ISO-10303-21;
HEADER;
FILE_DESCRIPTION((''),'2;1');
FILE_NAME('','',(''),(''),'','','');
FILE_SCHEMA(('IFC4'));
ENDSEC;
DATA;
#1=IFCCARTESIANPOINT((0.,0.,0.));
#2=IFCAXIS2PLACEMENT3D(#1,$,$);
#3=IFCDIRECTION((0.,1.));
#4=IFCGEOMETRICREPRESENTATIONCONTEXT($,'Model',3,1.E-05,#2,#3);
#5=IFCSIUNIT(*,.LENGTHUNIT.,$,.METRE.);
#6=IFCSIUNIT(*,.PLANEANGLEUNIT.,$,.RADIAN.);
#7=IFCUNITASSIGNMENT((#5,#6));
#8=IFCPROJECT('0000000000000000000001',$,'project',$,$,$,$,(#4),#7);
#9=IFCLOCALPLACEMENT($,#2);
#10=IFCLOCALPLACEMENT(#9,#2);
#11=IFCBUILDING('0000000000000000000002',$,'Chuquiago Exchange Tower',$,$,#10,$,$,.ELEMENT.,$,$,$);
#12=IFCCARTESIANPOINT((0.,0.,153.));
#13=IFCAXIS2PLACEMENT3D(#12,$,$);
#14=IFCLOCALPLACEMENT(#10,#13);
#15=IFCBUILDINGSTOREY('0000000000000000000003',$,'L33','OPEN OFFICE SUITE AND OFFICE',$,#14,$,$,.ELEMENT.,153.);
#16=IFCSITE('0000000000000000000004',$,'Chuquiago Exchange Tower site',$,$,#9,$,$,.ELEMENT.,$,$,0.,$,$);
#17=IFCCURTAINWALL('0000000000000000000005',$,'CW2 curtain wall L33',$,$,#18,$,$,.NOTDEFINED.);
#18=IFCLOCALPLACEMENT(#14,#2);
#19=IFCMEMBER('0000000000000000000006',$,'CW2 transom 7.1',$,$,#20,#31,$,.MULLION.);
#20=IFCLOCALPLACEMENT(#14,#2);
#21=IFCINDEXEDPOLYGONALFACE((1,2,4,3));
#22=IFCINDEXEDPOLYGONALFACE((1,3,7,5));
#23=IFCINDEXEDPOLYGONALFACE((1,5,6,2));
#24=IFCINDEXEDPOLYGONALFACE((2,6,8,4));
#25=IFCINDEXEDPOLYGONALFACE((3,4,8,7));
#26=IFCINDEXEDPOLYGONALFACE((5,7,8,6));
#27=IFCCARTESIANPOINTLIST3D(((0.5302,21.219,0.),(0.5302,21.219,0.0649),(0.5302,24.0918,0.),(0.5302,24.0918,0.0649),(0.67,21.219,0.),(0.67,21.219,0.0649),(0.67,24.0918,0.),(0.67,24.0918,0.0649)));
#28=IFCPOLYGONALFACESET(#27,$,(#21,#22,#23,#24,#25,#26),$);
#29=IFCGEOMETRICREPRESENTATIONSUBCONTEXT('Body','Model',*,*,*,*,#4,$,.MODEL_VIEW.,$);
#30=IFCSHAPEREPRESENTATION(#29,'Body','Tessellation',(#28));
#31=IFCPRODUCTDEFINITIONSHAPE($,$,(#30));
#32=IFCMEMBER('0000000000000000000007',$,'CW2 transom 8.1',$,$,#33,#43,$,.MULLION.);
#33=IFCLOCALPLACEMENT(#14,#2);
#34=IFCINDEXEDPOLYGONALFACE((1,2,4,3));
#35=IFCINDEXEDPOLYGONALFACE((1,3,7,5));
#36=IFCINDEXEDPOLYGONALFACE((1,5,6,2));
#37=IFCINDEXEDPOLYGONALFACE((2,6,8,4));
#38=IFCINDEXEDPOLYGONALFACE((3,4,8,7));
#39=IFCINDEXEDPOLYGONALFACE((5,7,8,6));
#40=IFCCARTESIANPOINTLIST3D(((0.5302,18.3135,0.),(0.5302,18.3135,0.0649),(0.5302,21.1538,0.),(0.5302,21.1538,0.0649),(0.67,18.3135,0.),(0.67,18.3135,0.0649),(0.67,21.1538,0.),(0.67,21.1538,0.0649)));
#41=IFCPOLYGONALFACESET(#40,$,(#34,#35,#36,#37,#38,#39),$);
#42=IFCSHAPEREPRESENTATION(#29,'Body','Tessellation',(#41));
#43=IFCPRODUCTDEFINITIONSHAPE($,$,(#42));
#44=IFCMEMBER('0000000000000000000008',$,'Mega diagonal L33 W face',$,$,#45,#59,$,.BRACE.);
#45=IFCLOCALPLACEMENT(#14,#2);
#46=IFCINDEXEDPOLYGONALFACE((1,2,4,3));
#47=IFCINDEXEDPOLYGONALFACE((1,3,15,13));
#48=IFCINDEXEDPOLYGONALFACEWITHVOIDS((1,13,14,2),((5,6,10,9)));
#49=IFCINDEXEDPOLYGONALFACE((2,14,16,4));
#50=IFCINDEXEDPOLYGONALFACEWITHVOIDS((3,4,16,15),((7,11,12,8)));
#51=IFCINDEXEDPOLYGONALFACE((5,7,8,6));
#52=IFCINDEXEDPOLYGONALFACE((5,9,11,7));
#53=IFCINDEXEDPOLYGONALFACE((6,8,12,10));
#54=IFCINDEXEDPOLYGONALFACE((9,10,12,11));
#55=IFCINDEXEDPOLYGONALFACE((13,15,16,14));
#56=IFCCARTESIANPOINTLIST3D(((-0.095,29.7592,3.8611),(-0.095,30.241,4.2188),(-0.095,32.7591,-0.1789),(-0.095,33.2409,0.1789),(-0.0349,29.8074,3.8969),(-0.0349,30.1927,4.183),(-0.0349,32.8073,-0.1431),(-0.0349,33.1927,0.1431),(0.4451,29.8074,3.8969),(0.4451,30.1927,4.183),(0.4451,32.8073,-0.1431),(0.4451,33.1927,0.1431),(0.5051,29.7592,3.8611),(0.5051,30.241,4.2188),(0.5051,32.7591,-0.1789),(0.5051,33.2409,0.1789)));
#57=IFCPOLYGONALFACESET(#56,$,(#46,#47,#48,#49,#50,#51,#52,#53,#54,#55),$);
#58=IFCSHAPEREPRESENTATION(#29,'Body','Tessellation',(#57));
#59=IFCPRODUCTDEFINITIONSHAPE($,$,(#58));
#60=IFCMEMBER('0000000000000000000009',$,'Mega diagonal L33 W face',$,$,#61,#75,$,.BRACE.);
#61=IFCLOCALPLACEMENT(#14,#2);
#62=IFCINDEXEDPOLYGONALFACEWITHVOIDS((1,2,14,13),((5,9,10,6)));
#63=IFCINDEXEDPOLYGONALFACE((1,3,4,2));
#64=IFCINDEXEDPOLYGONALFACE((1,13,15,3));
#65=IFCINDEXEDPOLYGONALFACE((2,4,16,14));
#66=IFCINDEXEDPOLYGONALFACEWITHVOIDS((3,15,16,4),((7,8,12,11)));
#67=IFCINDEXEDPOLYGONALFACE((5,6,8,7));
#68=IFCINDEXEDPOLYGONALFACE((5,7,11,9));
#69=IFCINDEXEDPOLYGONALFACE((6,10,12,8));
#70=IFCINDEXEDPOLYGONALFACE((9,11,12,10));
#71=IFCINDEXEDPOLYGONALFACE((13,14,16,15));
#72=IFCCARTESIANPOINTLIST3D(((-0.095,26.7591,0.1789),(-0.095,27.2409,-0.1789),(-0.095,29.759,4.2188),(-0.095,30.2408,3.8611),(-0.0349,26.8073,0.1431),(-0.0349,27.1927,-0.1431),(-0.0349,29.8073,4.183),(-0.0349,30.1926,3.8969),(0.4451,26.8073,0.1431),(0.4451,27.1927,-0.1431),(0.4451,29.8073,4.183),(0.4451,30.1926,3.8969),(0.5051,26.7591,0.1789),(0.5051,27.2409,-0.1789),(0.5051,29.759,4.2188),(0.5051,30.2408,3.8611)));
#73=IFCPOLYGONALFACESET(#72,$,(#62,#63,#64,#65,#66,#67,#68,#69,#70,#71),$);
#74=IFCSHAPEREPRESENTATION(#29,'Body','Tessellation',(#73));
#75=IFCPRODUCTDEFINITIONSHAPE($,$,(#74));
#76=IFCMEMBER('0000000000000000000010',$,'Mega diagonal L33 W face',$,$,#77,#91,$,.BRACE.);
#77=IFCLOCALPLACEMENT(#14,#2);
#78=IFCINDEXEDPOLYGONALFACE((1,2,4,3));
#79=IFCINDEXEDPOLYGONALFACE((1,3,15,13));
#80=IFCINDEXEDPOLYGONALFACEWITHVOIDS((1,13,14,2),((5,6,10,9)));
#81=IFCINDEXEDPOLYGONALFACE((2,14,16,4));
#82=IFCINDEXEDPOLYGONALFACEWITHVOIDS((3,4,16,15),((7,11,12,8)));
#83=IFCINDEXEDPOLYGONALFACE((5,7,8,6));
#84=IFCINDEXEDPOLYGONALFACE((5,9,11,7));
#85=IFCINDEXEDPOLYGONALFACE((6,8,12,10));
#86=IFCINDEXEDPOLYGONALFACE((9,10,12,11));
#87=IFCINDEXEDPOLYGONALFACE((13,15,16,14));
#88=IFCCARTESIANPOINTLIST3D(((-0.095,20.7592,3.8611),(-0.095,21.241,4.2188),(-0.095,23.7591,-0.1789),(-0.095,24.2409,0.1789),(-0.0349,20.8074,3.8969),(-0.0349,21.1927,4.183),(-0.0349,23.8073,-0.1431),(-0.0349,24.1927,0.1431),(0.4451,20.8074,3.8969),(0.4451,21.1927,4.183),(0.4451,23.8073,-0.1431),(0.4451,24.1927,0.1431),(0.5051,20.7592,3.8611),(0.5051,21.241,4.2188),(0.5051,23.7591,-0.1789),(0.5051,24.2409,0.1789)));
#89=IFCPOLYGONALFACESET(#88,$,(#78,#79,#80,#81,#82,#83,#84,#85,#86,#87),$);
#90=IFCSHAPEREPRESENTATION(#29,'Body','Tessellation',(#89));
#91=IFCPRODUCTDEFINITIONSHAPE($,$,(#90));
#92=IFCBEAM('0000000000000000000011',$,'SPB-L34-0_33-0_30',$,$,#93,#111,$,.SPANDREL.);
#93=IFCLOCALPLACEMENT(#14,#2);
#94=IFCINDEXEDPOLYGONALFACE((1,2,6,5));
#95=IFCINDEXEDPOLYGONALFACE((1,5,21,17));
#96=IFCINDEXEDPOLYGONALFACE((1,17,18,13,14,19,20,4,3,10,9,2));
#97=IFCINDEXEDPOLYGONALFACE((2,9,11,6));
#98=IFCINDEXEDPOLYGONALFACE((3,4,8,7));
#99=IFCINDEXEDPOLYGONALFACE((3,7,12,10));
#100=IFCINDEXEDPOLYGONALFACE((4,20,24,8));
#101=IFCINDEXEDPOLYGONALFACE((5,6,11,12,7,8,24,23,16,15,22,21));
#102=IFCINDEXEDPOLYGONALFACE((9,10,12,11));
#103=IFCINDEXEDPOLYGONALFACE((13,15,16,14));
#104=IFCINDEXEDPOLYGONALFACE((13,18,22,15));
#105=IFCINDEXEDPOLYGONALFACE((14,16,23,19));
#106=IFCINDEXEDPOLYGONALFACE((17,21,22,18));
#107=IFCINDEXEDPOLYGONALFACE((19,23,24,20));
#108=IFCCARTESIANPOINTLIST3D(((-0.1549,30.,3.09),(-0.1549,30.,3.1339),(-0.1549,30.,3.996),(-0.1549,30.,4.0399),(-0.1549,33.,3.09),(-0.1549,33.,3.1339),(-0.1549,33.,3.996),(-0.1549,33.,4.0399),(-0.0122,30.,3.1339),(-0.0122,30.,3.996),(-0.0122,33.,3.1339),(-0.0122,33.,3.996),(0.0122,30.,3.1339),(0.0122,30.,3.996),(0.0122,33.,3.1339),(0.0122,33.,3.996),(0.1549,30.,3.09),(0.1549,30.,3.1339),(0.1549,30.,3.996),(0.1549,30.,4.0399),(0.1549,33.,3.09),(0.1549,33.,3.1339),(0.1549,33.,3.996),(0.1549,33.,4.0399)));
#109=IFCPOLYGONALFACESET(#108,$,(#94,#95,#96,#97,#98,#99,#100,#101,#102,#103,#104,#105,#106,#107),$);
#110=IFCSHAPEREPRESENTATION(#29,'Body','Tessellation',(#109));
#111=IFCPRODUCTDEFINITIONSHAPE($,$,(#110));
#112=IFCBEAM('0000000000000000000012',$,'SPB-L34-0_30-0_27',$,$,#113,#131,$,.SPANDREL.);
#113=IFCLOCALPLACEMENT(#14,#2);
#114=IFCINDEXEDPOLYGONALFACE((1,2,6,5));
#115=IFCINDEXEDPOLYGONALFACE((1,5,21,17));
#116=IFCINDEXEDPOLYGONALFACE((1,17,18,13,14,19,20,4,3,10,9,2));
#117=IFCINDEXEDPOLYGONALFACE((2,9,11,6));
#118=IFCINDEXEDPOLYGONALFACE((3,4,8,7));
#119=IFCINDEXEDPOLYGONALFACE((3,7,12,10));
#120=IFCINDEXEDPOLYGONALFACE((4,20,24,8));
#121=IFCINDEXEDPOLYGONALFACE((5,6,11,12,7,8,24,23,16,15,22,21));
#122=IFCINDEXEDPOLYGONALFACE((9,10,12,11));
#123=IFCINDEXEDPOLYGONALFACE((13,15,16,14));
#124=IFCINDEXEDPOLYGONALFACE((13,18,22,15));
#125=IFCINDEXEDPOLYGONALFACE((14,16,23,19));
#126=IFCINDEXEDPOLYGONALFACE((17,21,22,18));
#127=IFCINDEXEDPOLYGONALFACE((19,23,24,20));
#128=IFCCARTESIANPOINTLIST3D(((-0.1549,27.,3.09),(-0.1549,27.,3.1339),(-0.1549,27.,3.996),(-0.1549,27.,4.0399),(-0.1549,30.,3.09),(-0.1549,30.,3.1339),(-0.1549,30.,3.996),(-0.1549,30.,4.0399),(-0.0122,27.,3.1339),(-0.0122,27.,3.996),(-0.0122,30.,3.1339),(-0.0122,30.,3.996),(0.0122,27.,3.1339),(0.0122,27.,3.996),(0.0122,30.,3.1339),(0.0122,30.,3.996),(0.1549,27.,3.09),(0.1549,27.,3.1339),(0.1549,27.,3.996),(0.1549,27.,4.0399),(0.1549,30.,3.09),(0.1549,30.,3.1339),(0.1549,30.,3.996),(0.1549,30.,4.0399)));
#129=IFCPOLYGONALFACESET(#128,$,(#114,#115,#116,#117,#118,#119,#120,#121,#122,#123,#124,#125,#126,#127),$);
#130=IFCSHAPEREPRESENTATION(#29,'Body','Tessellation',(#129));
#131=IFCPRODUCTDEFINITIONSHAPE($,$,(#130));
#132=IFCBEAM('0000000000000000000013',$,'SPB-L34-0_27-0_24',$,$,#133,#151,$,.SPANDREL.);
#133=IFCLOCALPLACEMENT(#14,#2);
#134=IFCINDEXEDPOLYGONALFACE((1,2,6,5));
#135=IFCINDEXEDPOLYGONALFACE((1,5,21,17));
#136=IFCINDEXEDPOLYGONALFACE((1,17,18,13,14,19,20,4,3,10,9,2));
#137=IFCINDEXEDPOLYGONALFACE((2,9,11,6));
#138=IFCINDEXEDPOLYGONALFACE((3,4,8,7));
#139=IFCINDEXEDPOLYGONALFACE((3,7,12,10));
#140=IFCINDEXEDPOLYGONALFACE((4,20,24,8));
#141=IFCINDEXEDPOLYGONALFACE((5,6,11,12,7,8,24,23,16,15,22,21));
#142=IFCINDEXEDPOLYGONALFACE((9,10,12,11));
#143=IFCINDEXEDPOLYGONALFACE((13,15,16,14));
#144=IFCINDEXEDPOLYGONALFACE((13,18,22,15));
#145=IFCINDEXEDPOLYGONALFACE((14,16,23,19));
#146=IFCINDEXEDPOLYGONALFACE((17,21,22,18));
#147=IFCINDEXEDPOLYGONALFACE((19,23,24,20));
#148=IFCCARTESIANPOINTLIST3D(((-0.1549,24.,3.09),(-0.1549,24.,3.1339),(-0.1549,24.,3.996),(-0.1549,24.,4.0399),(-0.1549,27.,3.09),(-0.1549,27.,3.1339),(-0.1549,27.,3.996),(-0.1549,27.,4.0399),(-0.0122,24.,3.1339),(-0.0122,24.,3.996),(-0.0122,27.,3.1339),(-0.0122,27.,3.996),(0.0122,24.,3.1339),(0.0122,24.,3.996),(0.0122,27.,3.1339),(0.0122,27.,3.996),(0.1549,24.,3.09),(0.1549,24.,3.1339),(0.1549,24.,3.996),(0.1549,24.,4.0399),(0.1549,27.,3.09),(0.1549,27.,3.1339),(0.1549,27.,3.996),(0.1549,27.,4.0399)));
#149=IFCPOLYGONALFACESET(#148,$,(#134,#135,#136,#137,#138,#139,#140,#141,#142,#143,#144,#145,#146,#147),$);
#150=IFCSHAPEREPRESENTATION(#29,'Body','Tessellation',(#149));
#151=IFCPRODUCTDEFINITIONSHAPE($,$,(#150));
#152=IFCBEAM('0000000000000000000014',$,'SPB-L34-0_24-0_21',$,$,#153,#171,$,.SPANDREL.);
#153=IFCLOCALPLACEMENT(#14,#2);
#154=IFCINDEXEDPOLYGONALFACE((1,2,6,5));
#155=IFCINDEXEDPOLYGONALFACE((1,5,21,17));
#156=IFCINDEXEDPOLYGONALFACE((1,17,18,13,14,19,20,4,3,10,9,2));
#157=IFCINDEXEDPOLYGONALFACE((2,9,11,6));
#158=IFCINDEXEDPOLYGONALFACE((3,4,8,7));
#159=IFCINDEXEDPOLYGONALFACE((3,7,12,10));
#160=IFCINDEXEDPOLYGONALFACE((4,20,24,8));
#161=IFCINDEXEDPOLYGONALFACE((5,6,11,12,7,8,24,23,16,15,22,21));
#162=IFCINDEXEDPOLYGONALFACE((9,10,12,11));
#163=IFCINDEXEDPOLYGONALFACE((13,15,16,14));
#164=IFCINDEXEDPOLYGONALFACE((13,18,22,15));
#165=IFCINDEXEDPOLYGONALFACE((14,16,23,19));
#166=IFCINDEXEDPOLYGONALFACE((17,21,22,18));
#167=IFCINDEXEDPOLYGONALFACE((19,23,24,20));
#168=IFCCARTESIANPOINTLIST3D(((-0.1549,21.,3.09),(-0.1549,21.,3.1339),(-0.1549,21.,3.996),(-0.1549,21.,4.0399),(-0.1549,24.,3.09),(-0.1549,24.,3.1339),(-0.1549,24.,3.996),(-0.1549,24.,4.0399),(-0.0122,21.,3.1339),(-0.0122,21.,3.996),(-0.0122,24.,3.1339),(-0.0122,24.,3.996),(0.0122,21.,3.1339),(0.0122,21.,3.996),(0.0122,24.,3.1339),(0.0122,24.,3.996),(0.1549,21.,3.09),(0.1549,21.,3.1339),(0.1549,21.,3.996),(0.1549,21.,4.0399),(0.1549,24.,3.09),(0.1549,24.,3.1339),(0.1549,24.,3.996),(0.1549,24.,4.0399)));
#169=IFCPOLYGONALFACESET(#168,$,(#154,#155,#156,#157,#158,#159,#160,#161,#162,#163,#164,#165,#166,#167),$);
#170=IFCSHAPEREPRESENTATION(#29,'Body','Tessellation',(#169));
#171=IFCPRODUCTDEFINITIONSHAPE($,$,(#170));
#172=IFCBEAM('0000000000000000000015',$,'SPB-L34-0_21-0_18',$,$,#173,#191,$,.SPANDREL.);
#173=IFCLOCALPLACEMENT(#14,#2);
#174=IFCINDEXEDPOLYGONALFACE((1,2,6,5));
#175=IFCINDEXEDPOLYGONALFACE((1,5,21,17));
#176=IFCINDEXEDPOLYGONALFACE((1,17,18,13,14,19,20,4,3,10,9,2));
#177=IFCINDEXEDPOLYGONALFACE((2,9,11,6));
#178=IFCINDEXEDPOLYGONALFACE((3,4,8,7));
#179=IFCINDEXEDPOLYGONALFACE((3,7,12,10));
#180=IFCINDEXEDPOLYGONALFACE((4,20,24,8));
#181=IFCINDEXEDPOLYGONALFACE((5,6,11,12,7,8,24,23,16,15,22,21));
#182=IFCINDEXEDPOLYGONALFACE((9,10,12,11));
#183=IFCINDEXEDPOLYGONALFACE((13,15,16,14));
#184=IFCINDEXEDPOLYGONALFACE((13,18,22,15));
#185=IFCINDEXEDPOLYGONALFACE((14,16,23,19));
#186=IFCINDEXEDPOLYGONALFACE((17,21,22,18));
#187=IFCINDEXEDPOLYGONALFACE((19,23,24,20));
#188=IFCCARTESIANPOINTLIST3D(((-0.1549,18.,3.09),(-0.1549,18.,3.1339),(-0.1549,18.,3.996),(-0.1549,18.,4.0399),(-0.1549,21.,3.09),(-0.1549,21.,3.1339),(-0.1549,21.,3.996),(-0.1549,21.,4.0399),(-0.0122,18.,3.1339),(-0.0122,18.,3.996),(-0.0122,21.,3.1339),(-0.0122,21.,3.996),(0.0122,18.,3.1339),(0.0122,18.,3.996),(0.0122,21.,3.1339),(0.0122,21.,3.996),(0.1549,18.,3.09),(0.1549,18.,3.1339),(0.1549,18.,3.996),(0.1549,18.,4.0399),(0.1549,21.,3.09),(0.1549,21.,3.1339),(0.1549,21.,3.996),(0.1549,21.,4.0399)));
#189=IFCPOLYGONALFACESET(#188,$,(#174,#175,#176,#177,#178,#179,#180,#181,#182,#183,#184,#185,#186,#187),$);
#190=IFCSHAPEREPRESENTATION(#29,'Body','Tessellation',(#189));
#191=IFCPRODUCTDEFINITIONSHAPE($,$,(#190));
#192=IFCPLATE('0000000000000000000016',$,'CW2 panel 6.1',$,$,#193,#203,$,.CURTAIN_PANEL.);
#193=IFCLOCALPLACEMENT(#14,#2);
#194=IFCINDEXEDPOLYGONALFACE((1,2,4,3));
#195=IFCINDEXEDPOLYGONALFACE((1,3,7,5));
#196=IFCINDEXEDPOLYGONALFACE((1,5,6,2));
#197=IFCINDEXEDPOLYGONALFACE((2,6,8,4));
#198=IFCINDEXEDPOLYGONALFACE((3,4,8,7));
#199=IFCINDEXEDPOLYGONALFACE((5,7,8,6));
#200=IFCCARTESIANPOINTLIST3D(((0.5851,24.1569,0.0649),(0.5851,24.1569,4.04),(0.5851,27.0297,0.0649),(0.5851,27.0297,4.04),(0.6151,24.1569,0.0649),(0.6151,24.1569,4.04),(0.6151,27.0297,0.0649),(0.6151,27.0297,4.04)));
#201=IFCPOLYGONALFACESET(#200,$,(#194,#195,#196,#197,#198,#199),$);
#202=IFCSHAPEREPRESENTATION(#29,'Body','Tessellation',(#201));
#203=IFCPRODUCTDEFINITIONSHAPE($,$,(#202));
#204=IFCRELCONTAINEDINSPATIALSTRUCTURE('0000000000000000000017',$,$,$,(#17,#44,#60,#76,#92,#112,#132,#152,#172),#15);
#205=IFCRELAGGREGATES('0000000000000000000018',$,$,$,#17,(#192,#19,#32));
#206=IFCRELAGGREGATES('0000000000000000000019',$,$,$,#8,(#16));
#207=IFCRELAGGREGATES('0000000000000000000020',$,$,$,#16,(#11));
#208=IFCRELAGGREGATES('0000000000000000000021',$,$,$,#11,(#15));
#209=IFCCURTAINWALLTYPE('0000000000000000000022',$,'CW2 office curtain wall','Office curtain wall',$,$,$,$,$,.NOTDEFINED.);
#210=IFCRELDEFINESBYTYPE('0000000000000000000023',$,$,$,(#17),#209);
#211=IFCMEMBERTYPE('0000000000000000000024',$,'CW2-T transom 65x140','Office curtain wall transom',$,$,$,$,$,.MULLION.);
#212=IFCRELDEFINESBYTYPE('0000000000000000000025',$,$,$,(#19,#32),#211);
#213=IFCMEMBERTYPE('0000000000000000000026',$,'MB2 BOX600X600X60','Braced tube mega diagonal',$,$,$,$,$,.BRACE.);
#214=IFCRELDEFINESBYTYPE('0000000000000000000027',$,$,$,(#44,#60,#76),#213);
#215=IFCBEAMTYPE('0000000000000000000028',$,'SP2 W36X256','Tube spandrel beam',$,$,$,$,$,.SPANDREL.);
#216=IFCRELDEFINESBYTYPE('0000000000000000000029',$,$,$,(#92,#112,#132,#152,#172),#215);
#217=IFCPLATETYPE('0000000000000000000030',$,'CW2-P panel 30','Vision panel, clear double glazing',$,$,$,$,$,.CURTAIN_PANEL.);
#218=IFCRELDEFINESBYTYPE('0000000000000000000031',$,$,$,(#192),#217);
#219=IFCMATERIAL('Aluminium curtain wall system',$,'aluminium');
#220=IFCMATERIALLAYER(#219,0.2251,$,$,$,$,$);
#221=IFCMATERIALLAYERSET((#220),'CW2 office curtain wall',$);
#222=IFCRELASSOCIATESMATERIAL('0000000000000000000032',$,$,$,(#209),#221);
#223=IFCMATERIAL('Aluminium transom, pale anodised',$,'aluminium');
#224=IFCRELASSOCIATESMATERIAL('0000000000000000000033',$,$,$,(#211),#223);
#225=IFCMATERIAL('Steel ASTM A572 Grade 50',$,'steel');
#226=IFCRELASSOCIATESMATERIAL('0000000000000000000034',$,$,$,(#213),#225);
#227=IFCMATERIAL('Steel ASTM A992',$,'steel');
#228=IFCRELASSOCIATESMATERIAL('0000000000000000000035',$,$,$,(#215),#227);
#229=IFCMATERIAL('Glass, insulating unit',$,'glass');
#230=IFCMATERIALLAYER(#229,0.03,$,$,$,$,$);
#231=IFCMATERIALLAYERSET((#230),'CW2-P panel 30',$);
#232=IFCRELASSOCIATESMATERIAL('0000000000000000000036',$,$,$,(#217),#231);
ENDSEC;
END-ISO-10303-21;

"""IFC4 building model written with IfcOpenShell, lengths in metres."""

from ifc_helpers import new_model, si_unit, direction, frame, origin, origin_2d, place, context, subcontext, project, spatial, rectangle, hollow_rectangle, i_section, extrude, material, layer, layer_set, material_profile, profile_set, type_object, element, aggregate, save


model = new_model("IFC4")

# Units and contexts
model_context = context("Model", 3, precision=1e-05, world=origin(), true_north=direction((0.0, 1.0)))
body_context = subcontext(model_context, "Body", "Model", "MODEL_VIEW")
ifc_project = project(units=[si_unit("LENGTHUNIT", "METRE"), si_unit("PLANEANGLEUNIT", "RADIAN")], contexts=[model_context])

# Site, building, storey
site_placement = place(None, origin())
site = spatial("IfcSite", under=ifc_project, at=site_placement, Name="Chuquiago Exchange Tower site", CompositionType="ELEMENT", RefElevation=0.0)
building_placement = place(site_placement, origin())
building = spatial("IfcBuilding", under=site, at=building_placement, Name="Chuquiago Exchange Tower", CompositionType="ELEMENT")
storey_placement = place(building_placement, frame((0.0, 0.0, 153.0)))
storey = spatial("IfcBuildingStorey", under=building, at=storey_placement, Name="L33", Description="OPEN OFFICE SUITE AND OFFICE", CompositionType="ELEMENT", Elevation=153.0)

# Curtain wall, members
ifc_material_1 = material(Name="Aluminium curtain wall system", Category="aluminium")
ifc_layer_1 = layer(ifc_material_1, 0.2251)
ifc_layer_set_1 = layer_set([ifc_layer_1], Name="CW2 office curtain wall")
curtain_wall_type = type_object("IfcCurtainWallType", Name="CW2 office curtain wall", Description="Office curtain wall", PredefinedType="NOTDEFINED", material=ifc_layer_set_1)
curtain_wall_placement = place(storey_placement, origin())
curtain_wall = element("IfcCurtainWall", 1, at=curtain_wall_placement, inside=storey, type_object=curtain_wall_type, Name="CW2 curtain wall L33", PredefinedType="NOTDEFINED")
ifc_material_2 = material(Name="Aluminium transom, pale anodised", Category="aluminium")
ifc_material_profile_1 = material_profile(ifc_material_2, rectangle(XDim=0.1399, YDim=0.0649, at=origin_2d()), Name="AL 140x65")
ifc_profile_set_1 = profile_set([ifc_material_profile_1], Name="Aluminium transom, pale anodised")
member_type_1 = type_object("IfcMemberType", Name="CW2-T transom 65x140", Description="Office curtain wall transom", PredefinedType="MULLION", material=ifc_profile_set_1)
member_1_placement = place(storey_placement, frame((0.6001, 24.0918, 0.0325), z_axis=(0.0, -1.0, 0.0), x_axis=(1.0, 0.0, 0.0)))
member_1 = element("IfcMember", 2, at=member_1_placement, type_object=member_type_1, Name="CW2 transom 7.1", PredefinedType="MULLION", context=body_context, shape_type="SweptSolid", body=[
    extrude(rectangle(XDim=0.1399, YDim=0.0649, at=origin_2d()), origin(), (0.0, 0.0, 1.0), 2.8728),
])
member_2_placement = place(storey_placement, frame((0.6001, 21.1538, 0.0325), z_axis=(0.0, -1.0, 0.0), x_axis=(1.0, 0.0, 0.0)))
member_2 = element("IfcMember", 3, at=member_2_placement, type_object=member_type_1, Name="CW2 transom 8.1", PredefinedType="MULLION", context=body_context, shape_type="SweptSolid", body=[
    extrude(rectangle(XDim=0.1399, YDim=0.0649, at=origin_2d()), origin(), (0.0, 0.0, 1.0), 2.8403),
])

# Members
ifc_material_3 = material(Name="Steel ASTM A572 Grade 50", Category="steel")
ifc_material_profile_2 = material_profile(ifc_material_3, hollow_rectangle(XDim=0.6001, YDim=0.6001, WallThickness=0.0601, at=origin_2d()), Name="BOX600X600X60")
ifc_profile_set_2 = profile_set([ifc_material_profile_2], Name="Steel ASTM A572 Grade 50")
member_type_2 = type_object("IfcMemberType", Name="MB2 BOX600X600X60", Description="Braced tube mega diagonal", PredefinedType="BRACE", material=ifc_profile_set_2)
for number, where, z_axis, x_axis, name in (
    (4, (0.2051, 33.0, 0.0), (0.0, -0.596174, 0.802855), (1.0, 0.0, 0.0), "Mega diagonal L33 W face"),
    (5, (0.2051, 27.0, 0.0), (0.0, 0.596174, 0.802855), (-1.0, 0.0, 0.0), "Mega diagonal L33 W face"),
    (6, (0.2051, 24.0, 0.0), (0.0, -0.596174, 0.802855), (1.0, 0.0, 0.0), "Mega diagonal L33 W face"),
):
    element("IfcMember", number, at=place(storey_placement, frame(where, z_axis=z_axis, x_axis=x_axis)), inside=storey, type_object=member_type_2, Name=name, PredefinedType="BRACE", context=body_context, shape_type="SweptSolid", body=[
        extrude(hollow_rectangle(XDim=0.6001, YDim=0.6001, WallThickness=0.0601, at=origin_2d()), origin(), (0.0, 0.0, 1.0), 5.032),
    ])

# Beams
ifc_material_4 = material(Name="Steel ASTM A992", Category="steel")
ifc_material_profile_3 = material_profile(ifc_material_4, i_section(OverallWidth=0.3098, OverallDepth=0.95, WebThickness=0.0244, FlangeThickness=0.0439, at=origin_2d()), Name="W36X256")
ifc_profile_set_3 = profile_set([ifc_material_profile_3], Name="Steel ASTM A992")
beam_type = type_object("IfcBeamType", Name="SP2 W36X256", Description="Tube spandrel beam", PredefinedType="SPANDREL", material=ifc_profile_set_3)
for number, where, z_axis, x_axis, name in (
    (7, (0.0, 33.0, 3.5649), (0.0, -1.0, 0.0), (1.0, 0.0, 0.0), "SPB-L34-0_33-0_30"),
    (8, (0.0, 30.0, 3.5649), (0.0, -1.0, 0.0), (1.0, 0.0, 0.0), "SPB-L34-0_30-0_27"),
    (9, (0.0, 27.0, 3.5649), (0.0, -1.0, 0.0), (1.0, 0.0, 0.0), "SPB-L34-0_27-0_24"),
    (10, (0.0, 24.0, 3.5649), (0.0, -1.0, 0.0), (1.0, 0.0, 0.0), "SPB-L34-0_24-0_21"),
    (11, (0.0, 21.0, 3.5649), (0.0, -1.0, 0.0), (1.0, 0.0, 0.0), "SPB-L34-0_21-0_18"),
):
    element("IfcBeam", number, at=place(storey_placement, frame(where, z_axis=z_axis, x_axis=x_axis)), inside=storey, type_object=beam_type, Name=name, PredefinedType="SPANDREL", context=body_context, shape_type="SweptSolid", body=[
        extrude(i_section(OverallWidth=0.3098, OverallDepth=0.95, WebThickness=0.0244, FlangeThickness=0.0439, at=origin_2d()), origin(), (0.0, 0.0, 1.0), 3.0),
    ])

# Plate
ifc_material_5 = material(Name="Glass, insulating unit", Category="glass")
ifc_layer_2 = layer(ifc_material_5, 0.03)
ifc_layer_set_2 = layer_set([ifc_layer_2], Name="CW2-P panel 30")
plate_type_1 = type_object("IfcPlateType", Name="CW2-P panel 30", Description="Vision panel, clear double glazing", PredefinedType="CURTAIN_PANEL", material=ifc_layer_set_2)
plate_1_placement = place(storey_placement, frame((0.6001, 25.5933, 0.0649), z_axis=(0.0, 0.0, 1.0), x_axis=(0.0, -1.0, 0.0)))
plate_1 = element("IfcPlate", 12, at=plate_1_placement, type_object=plate_type_1, Name="CW2 panel 6.1", PredefinedType="CURTAIN_PANEL", context=body_context, shape_type="SweptSolid", body=[
    extrude(rectangle(XDim=2.8728, YDim=0.03, at=origin_2d()), origin(), (0.0, 0.0, 1.0), 3.9751),
])
aggregate(curtain_wall, [plate_1, member_1, member_2])

save(model, "model.ifc")
